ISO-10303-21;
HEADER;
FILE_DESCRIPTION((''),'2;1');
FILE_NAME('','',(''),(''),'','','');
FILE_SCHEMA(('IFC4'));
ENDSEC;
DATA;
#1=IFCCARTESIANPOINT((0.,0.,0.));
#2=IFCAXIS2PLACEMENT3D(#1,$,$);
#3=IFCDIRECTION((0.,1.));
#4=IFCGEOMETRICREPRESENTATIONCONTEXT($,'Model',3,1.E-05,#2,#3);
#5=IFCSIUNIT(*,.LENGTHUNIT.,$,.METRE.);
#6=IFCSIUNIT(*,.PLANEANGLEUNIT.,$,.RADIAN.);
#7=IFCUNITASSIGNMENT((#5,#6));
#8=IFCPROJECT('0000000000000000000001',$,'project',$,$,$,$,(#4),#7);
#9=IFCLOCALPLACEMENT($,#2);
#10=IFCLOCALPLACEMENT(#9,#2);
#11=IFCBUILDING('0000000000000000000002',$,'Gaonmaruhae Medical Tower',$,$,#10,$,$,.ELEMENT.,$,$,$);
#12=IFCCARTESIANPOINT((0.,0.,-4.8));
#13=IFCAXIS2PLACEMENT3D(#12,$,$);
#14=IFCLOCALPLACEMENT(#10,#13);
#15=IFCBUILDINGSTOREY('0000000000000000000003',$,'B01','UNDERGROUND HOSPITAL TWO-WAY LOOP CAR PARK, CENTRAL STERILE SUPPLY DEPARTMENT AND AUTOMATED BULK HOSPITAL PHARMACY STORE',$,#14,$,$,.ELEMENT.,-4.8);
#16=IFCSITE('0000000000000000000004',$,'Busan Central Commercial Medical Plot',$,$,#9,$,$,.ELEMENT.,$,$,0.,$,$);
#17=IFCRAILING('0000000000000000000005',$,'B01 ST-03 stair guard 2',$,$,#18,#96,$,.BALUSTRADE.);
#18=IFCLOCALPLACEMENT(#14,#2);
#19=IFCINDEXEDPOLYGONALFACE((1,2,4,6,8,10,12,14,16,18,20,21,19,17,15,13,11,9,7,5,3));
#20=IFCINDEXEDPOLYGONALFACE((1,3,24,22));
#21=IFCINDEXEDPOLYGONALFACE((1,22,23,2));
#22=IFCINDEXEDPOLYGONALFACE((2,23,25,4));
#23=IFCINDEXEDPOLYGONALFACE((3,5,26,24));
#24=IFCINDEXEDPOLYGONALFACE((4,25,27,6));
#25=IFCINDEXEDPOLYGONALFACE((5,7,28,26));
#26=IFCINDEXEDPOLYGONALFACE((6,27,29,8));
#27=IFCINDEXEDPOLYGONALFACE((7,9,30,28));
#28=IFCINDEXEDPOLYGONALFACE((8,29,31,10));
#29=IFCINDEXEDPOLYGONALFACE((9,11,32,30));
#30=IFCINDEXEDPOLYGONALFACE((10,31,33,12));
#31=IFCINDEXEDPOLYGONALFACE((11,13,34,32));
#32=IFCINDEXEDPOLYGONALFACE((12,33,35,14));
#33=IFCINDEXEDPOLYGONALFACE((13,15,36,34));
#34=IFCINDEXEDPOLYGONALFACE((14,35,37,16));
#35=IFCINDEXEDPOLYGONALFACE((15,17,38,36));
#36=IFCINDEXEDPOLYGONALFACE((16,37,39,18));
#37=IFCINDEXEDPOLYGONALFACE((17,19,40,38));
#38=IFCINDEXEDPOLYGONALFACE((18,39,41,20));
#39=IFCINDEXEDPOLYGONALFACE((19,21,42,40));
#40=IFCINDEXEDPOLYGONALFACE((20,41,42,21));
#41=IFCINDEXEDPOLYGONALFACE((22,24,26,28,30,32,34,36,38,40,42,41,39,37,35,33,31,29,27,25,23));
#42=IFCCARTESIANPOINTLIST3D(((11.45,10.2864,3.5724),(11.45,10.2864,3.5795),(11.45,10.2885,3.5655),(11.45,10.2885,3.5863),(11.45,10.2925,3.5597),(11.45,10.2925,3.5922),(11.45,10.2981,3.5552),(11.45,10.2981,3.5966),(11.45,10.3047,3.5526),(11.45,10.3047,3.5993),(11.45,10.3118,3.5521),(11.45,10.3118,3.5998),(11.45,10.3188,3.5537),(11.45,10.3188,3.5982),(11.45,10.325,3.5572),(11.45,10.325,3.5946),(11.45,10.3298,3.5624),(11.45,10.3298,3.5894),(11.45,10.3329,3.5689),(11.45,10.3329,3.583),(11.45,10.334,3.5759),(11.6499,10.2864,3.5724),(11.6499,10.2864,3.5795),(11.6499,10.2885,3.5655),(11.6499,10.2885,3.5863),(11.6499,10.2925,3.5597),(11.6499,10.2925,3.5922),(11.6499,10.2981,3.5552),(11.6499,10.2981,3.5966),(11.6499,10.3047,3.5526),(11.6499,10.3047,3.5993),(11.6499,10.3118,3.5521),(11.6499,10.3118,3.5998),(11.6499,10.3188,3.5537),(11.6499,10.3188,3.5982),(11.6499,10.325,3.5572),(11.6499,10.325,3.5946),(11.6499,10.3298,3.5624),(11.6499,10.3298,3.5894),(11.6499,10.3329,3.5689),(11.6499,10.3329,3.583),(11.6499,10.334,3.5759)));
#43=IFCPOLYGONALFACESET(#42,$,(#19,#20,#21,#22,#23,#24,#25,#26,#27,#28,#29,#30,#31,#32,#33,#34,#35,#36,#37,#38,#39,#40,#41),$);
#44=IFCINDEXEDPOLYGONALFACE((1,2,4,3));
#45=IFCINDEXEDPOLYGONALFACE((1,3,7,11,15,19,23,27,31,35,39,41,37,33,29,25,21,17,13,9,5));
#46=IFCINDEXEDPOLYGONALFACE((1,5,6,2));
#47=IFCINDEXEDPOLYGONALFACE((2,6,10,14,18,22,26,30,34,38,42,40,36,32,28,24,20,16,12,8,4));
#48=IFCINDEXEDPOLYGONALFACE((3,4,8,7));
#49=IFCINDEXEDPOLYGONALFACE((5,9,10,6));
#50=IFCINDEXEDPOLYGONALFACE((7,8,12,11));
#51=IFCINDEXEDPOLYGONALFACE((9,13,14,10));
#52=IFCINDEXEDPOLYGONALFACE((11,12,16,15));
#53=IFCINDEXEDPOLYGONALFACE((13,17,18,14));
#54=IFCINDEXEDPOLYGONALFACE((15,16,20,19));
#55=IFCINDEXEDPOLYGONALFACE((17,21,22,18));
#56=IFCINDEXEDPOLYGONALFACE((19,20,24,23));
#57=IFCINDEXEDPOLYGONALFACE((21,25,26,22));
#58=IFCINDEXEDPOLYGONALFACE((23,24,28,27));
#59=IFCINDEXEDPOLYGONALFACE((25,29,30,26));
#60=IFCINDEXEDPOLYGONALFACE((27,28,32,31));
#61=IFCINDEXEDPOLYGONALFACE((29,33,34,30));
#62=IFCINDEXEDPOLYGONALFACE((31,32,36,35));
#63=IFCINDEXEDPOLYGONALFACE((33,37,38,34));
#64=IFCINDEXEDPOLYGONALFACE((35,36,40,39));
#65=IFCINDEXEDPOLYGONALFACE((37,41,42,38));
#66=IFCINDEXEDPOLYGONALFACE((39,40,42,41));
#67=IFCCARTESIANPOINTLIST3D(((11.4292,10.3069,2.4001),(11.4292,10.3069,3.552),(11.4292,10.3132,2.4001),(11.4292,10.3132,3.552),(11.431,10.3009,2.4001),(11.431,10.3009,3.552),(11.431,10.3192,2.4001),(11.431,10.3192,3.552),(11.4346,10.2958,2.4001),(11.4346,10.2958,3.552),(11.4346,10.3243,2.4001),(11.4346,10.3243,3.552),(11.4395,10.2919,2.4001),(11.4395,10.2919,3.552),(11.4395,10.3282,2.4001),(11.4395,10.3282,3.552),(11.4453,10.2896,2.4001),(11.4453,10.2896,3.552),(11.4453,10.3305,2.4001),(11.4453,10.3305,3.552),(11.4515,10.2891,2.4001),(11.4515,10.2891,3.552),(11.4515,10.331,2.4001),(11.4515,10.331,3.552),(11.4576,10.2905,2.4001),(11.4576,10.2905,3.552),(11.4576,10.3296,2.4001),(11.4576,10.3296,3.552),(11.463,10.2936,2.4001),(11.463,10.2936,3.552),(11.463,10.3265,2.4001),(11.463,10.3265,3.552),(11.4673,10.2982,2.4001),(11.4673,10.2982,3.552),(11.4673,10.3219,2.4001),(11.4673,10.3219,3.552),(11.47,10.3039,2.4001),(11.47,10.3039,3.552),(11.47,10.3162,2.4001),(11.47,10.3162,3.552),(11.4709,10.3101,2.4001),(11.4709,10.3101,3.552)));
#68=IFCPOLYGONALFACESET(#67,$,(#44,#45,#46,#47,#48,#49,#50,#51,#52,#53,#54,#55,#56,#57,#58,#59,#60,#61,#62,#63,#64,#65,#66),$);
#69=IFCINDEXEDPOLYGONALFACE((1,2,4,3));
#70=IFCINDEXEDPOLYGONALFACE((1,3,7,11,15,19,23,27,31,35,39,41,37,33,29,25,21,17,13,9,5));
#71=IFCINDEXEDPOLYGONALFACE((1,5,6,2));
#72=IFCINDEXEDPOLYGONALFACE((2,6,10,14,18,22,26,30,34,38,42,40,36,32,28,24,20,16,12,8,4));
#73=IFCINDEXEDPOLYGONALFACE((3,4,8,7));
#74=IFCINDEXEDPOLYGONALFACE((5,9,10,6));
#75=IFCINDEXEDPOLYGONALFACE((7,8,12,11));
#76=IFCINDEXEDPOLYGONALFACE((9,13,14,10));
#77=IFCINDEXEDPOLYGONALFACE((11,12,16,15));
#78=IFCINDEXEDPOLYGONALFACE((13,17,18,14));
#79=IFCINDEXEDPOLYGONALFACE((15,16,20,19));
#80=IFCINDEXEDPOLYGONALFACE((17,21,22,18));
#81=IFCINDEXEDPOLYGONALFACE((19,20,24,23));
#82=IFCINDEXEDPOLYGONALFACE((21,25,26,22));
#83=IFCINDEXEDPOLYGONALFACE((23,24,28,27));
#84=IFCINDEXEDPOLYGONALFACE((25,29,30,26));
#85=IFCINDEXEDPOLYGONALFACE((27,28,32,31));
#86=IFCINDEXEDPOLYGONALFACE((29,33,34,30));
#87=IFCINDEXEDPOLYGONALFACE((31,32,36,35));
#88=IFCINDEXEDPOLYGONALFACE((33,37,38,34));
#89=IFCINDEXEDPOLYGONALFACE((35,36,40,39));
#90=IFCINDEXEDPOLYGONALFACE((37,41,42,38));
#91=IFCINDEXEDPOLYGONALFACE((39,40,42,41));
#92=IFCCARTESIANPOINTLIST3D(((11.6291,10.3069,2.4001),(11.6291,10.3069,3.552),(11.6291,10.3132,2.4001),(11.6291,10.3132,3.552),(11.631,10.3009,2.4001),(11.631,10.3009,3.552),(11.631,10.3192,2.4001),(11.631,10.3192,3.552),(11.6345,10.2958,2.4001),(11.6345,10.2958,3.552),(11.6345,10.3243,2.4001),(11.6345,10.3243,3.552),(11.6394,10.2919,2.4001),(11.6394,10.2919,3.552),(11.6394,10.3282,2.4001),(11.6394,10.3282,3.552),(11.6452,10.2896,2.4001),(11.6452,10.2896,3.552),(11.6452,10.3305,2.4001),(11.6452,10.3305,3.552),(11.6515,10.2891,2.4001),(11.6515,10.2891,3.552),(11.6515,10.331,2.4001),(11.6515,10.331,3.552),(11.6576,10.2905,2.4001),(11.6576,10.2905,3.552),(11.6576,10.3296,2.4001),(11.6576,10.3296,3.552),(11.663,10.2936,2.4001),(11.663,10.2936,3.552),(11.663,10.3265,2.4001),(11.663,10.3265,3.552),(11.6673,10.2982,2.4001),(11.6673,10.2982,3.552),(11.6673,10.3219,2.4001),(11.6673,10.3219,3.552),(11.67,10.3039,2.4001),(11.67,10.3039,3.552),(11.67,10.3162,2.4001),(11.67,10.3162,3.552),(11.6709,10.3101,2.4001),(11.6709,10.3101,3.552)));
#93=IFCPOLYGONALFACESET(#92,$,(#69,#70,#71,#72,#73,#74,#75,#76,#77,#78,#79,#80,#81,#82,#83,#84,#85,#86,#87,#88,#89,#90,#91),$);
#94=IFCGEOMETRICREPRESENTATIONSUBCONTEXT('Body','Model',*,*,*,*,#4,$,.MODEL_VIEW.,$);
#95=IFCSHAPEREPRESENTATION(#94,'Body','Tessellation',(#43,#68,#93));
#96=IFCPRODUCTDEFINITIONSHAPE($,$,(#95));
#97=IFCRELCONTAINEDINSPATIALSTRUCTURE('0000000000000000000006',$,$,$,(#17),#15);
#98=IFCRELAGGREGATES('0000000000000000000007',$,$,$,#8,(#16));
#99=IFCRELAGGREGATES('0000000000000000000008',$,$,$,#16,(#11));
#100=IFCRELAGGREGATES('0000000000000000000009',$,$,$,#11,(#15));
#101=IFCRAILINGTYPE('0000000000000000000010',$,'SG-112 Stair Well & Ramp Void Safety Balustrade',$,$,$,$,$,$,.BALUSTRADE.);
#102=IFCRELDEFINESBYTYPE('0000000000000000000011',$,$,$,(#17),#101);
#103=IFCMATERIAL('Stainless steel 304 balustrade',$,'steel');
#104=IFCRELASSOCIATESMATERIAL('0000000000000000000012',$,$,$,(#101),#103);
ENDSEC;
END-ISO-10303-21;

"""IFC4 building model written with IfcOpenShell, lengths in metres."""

from ifc_helpers import new_model, si_unit, direction, frame, origin, origin_2d, place, context, subcontext, project, spatial, circle, extrude, material, type_object, element, save


model = new_model("IFC4")

# Units and contexts
model_context = context("Model", 3, precision=1e-05, world=origin(), true_north=direction((0.0, 1.0)))
body_context = subcontext(model_context, "Body", "Model", "MODEL_VIEW")
ifc_project = project(units=[si_unit("LENGTHUNIT", "METRE"), si_unit("PLANEANGLEUNIT", "RADIAN")], contexts=[model_context])

# Site, building, storey
site_placement = place(None, origin())
site = spatial("IfcSite", under=ifc_project, at=site_placement, Name="Busan Central Commercial Medical Plot", CompositionType="ELEMENT", RefElevation=0.0)
building_placement = place(site_placement, origin())
building = spatial("IfcBuilding", under=site, at=building_placement, Name="Gaonmaruhae Medical Tower", CompositionType="ELEMENT")
storey_placement = place(building_placement, frame((0.0, 0.0, -4.8)))
storey = spatial("IfcBuildingStorey", under=building, at=storey_placement, Name="B01", Description="UNDERGROUND HOSPITAL TWO-WAY LOOP CAR PARK, CENTRAL STERILE SUPPLY DEPARTMENT AND AUTOMATED BULK HOSPITAL PHARMACY STORE", CompositionType="ELEMENT", Elevation=-4.8)

# Railing
ifc_material_1 = material(Name="Stainless steel 304 balustrade", Category="steel")
railing_type_1 = type_object("IfcRailingType", Name="SG-112 Stair Well & Ramp Void Safety Balustrade", PredefinedType="BALUSTRADE", material=ifc_material_1)
railing_1_placement = place(storey_placement, frame((11.45, 10.3101, 2.4001)))
element("IfcRailing", 1, at=railing_1_placement, inside=storey, type_object=railing_type_1, Name="B01 ST-03 stair guard 2", PredefinedType="BALUSTRADE", context=body_context, shape_type="SweptSolid", body=[
    extrude(circle(Radius=0.0239, at=origin_2d()), frame((0.0, 0.0, 1.1758), z_axis=(1.0, 0.0, 0.0), x_axis=(0.0, 1.0, 0.0)), (0.0, 0.0, 1.0), 0.2),
    extrude(circle(Radius=0.021, at=origin_2d()), origin(), (0.0, 0.0, 1.0), 1.1519),
    extrude(circle(Radius=0.021, at=origin_2d()), frame((0.2, 0.0, 0.0)), (0.0, 0.0, 1.0), 1.1519),
])

save(model, "model.ifc")
